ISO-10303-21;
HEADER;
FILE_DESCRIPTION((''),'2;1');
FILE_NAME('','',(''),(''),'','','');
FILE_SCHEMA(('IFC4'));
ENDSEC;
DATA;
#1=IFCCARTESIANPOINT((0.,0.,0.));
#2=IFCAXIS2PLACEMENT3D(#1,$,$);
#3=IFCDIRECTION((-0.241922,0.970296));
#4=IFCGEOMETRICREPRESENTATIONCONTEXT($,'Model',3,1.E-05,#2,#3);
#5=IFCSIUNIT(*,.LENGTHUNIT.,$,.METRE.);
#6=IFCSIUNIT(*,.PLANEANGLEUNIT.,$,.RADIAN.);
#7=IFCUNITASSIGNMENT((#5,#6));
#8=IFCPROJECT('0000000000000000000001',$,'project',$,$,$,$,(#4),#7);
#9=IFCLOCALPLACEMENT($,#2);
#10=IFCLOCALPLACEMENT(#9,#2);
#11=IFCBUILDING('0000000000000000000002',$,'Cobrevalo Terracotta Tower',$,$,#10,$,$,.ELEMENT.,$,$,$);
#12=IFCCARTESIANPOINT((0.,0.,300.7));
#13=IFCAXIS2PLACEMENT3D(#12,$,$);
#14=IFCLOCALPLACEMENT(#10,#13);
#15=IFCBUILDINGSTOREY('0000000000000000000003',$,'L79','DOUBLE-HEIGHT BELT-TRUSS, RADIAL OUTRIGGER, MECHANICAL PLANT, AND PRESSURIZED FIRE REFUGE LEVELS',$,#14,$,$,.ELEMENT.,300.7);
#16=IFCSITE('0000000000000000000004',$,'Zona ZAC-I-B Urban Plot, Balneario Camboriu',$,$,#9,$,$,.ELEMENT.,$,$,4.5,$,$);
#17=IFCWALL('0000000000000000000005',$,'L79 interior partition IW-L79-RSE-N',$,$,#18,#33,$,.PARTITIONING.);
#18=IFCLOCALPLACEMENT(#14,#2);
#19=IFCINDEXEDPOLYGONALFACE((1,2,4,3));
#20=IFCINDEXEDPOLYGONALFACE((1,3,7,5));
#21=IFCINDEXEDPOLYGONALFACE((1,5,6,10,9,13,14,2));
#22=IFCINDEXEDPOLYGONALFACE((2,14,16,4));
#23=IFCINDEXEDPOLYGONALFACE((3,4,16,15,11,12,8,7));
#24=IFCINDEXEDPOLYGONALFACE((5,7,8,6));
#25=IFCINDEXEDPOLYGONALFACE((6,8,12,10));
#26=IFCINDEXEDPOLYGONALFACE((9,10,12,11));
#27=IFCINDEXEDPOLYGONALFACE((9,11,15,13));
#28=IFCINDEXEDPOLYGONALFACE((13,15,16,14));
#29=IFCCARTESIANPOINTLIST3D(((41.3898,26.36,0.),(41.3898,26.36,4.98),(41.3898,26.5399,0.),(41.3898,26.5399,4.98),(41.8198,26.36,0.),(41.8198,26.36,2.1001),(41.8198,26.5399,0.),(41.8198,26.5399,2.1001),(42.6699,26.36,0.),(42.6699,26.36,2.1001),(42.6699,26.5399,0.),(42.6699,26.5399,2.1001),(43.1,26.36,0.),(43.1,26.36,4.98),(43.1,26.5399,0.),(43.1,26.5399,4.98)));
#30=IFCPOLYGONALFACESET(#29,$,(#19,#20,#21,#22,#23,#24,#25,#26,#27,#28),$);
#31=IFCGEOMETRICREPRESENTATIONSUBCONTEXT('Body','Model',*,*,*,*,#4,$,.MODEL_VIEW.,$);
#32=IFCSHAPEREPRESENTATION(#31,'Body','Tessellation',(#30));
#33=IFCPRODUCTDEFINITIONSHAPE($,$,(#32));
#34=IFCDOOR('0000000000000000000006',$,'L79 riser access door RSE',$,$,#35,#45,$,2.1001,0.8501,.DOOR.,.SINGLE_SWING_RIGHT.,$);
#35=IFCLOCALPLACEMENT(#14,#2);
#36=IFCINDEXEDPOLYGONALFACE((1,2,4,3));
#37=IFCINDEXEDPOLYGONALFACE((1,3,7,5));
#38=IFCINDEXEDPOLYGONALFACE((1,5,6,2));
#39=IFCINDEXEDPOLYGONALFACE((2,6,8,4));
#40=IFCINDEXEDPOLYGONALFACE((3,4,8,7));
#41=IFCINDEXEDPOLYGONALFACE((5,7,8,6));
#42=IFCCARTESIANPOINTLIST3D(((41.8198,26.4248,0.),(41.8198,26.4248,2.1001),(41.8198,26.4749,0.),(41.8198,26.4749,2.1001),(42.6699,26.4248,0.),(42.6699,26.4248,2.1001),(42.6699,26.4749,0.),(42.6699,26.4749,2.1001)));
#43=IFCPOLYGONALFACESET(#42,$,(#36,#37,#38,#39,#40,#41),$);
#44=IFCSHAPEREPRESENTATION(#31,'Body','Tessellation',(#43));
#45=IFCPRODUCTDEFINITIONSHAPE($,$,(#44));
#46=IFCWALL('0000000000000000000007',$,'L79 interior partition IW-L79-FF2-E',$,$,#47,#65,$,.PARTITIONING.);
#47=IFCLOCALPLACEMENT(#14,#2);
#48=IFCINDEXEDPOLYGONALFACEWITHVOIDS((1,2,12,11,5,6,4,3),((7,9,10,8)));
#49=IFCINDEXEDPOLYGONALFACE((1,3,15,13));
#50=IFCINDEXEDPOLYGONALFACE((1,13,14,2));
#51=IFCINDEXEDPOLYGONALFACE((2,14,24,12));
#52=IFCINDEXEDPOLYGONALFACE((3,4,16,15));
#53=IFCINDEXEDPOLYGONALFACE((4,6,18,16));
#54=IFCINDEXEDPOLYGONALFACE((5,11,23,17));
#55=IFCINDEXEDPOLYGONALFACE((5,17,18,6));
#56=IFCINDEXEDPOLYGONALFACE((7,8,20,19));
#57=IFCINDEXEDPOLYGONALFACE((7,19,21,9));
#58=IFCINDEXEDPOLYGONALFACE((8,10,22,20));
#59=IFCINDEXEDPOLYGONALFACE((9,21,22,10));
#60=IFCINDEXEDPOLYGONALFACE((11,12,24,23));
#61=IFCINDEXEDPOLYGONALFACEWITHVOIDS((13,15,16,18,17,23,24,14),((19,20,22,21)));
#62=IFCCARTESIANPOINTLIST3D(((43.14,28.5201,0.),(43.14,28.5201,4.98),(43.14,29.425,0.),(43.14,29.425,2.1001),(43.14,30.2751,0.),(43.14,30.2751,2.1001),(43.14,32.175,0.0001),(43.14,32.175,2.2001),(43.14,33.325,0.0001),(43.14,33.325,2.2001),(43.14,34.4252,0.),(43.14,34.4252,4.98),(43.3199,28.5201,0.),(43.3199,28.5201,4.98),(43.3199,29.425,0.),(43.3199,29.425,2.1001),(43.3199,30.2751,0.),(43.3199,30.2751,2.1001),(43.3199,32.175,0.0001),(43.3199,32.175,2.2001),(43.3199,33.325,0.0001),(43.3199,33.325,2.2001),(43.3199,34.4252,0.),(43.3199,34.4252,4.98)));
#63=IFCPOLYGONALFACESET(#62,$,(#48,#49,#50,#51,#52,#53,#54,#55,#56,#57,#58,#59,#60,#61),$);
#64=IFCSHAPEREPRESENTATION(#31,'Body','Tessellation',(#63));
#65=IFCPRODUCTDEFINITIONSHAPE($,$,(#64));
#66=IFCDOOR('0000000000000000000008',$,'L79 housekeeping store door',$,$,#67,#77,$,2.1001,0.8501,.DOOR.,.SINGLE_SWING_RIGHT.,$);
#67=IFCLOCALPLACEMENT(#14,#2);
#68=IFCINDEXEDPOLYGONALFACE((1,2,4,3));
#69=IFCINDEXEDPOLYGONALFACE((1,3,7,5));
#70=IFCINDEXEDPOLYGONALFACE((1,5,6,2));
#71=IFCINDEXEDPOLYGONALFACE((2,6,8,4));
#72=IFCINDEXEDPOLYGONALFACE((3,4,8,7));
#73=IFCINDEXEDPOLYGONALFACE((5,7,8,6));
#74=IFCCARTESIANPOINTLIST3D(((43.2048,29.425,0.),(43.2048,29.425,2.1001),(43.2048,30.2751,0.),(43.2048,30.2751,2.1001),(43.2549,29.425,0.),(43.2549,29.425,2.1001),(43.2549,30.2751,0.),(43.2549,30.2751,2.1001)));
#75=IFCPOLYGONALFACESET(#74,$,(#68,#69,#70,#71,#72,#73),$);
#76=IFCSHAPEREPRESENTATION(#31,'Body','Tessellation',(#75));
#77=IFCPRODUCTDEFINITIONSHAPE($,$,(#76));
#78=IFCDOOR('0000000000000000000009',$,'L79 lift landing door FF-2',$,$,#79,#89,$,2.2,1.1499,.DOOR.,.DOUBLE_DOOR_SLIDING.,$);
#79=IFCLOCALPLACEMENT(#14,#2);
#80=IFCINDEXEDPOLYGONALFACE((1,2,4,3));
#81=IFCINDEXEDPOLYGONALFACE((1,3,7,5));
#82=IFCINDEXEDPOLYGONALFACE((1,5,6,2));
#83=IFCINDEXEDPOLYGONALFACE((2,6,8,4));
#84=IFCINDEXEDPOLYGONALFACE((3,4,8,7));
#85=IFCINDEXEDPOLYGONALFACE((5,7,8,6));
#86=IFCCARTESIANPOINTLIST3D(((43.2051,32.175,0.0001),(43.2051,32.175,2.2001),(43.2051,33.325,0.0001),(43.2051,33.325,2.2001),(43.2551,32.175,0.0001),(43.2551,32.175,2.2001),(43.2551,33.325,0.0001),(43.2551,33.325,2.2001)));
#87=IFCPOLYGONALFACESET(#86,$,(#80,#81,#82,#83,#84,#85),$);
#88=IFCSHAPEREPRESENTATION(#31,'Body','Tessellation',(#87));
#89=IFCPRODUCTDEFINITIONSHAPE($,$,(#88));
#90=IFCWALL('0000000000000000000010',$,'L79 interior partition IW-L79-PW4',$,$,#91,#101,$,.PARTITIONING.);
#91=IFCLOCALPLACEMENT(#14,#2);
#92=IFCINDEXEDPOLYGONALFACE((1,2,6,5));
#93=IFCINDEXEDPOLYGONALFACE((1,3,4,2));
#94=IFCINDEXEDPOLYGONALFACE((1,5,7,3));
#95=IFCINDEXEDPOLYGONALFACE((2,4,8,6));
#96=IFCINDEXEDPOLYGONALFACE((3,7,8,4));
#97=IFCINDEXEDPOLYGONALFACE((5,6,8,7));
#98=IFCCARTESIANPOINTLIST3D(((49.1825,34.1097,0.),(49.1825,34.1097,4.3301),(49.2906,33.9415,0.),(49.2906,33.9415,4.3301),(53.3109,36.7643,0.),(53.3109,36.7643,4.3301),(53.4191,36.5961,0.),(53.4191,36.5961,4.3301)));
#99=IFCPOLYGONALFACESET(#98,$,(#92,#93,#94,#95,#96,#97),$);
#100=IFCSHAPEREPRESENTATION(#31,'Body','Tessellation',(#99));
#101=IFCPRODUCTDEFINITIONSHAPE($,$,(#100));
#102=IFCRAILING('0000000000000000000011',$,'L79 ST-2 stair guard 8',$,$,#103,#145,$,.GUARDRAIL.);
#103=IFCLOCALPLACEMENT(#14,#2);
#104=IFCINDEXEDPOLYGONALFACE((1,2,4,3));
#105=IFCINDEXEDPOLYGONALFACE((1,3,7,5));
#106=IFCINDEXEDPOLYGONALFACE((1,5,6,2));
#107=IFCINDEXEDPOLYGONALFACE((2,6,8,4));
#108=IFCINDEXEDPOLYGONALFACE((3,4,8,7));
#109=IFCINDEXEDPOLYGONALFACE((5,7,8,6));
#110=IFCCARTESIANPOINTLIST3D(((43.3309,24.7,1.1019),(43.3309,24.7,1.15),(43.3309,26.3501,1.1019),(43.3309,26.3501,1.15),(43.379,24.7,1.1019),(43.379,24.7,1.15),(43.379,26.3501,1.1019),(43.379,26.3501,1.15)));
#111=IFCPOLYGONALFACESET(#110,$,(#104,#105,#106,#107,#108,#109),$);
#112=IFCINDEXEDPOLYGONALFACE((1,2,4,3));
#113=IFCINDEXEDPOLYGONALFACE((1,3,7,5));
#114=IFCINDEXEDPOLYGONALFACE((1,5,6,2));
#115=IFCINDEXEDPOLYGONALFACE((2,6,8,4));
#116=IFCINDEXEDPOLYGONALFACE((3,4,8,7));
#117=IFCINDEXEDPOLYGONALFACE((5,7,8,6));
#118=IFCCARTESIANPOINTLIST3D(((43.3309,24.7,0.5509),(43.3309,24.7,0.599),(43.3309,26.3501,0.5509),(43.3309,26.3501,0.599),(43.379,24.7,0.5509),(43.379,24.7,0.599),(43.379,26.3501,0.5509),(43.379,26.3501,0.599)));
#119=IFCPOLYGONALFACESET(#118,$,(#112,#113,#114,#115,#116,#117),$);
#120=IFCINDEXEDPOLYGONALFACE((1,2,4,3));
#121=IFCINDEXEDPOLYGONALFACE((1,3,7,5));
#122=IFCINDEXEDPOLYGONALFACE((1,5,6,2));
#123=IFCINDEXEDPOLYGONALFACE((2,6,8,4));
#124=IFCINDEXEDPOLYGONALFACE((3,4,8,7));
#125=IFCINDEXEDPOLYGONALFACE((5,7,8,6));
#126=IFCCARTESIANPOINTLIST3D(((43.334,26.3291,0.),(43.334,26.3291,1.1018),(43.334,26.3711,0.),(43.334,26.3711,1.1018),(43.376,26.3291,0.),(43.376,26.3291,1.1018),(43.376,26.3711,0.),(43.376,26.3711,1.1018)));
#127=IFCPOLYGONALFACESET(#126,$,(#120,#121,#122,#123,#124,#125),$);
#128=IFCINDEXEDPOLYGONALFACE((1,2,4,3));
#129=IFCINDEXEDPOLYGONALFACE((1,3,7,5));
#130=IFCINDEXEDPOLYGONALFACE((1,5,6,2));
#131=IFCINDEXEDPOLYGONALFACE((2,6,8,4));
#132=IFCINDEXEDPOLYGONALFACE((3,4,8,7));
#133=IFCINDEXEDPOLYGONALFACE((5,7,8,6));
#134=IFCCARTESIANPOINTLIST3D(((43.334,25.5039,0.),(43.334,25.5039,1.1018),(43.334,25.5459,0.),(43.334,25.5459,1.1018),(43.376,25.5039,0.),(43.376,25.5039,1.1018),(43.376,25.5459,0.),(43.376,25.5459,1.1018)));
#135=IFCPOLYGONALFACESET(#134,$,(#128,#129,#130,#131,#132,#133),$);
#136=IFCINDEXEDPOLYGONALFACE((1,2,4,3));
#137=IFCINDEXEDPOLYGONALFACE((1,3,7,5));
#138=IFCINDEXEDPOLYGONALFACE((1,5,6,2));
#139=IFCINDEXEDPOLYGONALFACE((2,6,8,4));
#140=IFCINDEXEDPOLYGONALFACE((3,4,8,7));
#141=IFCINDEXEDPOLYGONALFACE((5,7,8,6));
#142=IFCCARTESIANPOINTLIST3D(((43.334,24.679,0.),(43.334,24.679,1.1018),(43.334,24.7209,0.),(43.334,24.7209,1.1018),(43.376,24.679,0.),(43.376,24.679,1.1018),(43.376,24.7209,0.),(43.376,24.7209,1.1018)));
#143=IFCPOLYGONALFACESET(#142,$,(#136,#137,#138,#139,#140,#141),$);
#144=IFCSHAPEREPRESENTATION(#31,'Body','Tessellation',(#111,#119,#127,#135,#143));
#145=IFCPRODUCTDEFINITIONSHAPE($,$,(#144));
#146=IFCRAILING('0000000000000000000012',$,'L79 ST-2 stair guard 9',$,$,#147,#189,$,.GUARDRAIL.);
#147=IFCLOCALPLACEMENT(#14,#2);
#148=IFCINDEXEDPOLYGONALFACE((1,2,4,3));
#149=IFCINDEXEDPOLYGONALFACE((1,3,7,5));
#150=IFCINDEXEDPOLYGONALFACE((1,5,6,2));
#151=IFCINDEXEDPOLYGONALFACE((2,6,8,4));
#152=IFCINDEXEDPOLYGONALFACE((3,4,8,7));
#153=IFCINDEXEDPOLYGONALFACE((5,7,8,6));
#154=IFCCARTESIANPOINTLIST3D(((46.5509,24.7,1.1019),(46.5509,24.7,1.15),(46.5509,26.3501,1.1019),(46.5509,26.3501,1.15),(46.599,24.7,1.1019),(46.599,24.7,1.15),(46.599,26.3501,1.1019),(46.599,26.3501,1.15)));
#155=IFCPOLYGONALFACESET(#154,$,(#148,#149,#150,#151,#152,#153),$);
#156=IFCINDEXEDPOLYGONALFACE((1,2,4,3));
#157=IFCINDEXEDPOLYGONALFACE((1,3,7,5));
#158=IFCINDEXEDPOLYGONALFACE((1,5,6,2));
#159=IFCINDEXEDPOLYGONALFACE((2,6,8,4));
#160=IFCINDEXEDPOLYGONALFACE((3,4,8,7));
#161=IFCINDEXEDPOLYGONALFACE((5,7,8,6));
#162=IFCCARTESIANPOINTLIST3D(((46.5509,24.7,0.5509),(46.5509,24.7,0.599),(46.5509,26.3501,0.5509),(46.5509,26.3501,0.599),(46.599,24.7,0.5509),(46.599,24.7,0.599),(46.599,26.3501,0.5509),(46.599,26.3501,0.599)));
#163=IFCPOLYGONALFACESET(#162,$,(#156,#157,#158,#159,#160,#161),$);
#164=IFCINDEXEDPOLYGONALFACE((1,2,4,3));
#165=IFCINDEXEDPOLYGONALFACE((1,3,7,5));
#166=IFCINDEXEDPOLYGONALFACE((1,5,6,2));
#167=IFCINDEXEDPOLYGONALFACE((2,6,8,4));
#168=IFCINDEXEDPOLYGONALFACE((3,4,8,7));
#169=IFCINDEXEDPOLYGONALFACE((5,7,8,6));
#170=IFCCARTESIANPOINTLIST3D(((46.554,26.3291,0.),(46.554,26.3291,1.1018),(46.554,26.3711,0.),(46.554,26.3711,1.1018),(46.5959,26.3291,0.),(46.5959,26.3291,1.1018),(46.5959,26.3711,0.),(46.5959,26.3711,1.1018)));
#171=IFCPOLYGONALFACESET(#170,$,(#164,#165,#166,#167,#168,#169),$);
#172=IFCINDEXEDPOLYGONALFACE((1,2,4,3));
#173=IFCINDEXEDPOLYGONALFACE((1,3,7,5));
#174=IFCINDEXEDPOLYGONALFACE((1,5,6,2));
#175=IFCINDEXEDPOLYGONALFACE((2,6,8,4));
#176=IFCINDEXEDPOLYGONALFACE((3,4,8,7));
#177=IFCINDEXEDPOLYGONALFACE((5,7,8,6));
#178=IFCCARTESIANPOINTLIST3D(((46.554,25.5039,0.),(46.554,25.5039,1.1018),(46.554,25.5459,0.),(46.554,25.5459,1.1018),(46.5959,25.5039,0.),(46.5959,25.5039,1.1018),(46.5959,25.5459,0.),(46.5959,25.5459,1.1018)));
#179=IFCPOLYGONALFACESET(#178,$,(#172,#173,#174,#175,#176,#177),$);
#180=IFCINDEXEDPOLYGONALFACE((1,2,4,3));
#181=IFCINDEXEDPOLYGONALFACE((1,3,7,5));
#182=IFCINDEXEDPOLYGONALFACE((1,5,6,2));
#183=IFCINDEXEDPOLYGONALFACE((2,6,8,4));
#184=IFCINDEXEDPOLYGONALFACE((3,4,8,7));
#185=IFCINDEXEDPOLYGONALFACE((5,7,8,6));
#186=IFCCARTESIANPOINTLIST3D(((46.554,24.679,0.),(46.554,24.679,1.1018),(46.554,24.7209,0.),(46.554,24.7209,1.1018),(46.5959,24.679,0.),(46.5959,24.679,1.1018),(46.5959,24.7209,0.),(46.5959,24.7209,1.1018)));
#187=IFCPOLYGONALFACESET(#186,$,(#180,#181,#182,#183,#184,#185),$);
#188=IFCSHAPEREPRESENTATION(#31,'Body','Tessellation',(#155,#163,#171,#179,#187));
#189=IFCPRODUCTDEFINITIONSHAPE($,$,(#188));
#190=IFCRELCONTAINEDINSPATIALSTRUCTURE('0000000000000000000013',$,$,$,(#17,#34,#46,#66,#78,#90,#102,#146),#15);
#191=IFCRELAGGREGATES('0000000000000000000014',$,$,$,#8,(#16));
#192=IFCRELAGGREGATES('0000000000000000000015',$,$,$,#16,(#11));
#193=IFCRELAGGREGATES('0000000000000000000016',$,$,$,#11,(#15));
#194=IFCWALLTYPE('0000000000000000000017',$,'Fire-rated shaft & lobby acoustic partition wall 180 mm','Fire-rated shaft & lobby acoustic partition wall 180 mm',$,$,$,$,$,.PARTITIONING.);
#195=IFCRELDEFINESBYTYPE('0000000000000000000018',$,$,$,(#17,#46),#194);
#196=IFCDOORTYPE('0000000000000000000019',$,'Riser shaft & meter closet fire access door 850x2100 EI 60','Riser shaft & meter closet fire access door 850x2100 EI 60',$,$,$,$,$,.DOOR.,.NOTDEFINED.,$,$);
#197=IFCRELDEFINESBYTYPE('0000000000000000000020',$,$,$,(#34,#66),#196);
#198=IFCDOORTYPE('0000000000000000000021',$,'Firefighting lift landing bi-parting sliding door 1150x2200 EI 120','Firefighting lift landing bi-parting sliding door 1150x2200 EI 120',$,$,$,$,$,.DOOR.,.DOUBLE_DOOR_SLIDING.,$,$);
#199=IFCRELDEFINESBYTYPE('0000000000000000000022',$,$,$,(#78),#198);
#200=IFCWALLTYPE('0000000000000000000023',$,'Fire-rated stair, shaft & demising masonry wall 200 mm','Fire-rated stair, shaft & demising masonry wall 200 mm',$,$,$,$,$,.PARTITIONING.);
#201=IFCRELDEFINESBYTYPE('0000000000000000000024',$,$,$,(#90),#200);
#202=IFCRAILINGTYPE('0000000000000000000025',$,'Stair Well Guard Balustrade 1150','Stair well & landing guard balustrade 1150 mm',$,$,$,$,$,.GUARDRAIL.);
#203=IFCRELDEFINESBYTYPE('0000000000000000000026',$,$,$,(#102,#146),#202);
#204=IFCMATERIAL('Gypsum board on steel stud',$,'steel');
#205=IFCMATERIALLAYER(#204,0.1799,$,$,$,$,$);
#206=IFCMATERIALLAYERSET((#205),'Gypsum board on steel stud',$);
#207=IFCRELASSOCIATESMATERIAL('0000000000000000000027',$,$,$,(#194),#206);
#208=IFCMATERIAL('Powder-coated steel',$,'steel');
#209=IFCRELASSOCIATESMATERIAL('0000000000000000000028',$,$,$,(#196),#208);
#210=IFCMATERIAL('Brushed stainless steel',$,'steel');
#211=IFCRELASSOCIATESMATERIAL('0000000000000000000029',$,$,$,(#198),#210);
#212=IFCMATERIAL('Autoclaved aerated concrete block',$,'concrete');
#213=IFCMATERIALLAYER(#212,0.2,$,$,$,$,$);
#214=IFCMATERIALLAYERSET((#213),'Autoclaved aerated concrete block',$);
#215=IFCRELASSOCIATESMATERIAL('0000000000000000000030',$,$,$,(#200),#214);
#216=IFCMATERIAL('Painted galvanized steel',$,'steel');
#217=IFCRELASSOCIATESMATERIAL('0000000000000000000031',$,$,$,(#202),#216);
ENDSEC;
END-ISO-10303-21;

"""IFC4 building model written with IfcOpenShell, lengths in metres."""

from ifc_helpers import new_model, si_unit, direction, frame, frame_2d, origin, origin_2d, place, context, subcontext, project, spatial, rectangle, extrude, source, transform, mapped, material, layer, layer_set, type_object, element, fill, save


model = new_model("IFC4")

# Units and contexts
model_context = context("Model", 3, precision=1e-05, world=origin(), true_north=direction((-0.241922, 0.970296)))
body_context = subcontext(model_context, "Body", "Model", "MODEL_VIEW")
ifc_project = project(units=[si_unit("LENGTHUNIT", "METRE"), si_unit("PLANEANGLEUNIT", "RADIAN")], contexts=[model_context])

# Site, building, storey
site_placement = place(None, origin())
site = spatial("IfcSite", under=ifc_project, at=site_placement, Name="Zona ZAC-I-B Urban Plot, Balneario Camboriu", CompositionType="ELEMENT", RefElevation=4.5)
building_placement = place(site_placement, origin())
building = spatial("IfcBuilding", under=site, at=building_placement, Name="Cobrevalo Terracotta Tower", CompositionType="ELEMENT")
storey_placement = place(building_placement, frame((0.0, 0.0, 300.7)))
storey = spatial("IfcBuildingStorey", under=building, at=storey_placement, Name="L79", Description="DOUBLE-HEIGHT BELT-TRUSS, RADIAL OUTRIGGER, MECHANICAL PLANT, AND PRESSURIZED FIRE REFUGE LEVELS", CompositionType="ELEMENT", Elevation=300.7)

# Shared definitions
ifc_material_1 = material(Name="Gypsum board on steel stud", Category="steel")

# Wall, opening, door
ifc_layer_1 = layer(ifc_material_1, 0.1799)
ifc_layer_set_1 = layer_set([ifc_layer_1], Name="Gypsum board on steel stud")
wall_type_1 = type_object("IfcWallType", Name="Fire-rated shaft & lobby acoustic partition wall 180 mm", Description="Fire-rated shaft & lobby acoustic partition wall 180 mm", PredefinedType="PARTITIONING", material=ifc_layer_set_1)
wall_1_placement = place(storey_placement, frame((41.3899, 26.45, 0.0), z_axis=(0.0, 0.0, 1.0), x_axis=(1.0, 0.0, 0.0)))
wall_1 = element("IfcWall", 1, at=wall_1_placement, inside=storey, type_object=wall_type_1, Name="L79 interior partition IW-L79-RSE-N", PredefinedType="PARTITIONING", context=body_context, shape_type="SweptSolid", body=[
    extrude(rectangle(XDim=1.7102, YDim=0.1799, at=frame_2d((0.855, 0.0))), origin(), (0.0, 0.0, 1.0), 4.98),
])
opening_1_placement = place(wall_1_placement, frame((0.4299, 0.0, 0.0)))
opening_1 = element("IfcOpeningElement", 2, at=opening_1_placement, cuts=wall_1, PredefinedType="OPENING", context=body_context, shape_type="SweptSolid", body=[
    extrude(rectangle(XDim=0.8501, YDim=2.1001, at=frame_2d((0.425, 1.05))), frame((0.0, 0.1001, 0.0), z_axis=(0.0, -1.0, 0.0), x_axis=(1.0, 0.0, 0.0)), (0.0, 0.0, 1.0), 0.2),
])
ifc_material_2 = material(Name="Powder-coated steel", Category="steel")
door_type_1 = type_object("IfcDoorType", Name="Riser shaft & meter closet fire access door 850x2100 EI 60", Description="Riser shaft & meter closet fire access door 850x2100 EI 60", OperationType="NOTDEFINED", PredefinedType="DOOR", material=ifc_material_2)
shared_shape_1 = source(origin(), body_context, "Body", "SweptSolid", [
    extrude(rectangle(XDim=0.8501, YDim=2.1001, at=frame_2d((0.425, 1.05))), frame((0.0, 0.0249, 0.0), z_axis=(0.0, -1.0, 0.0), x_axis=(1.0, 0.0, 0.0)), (0.0, 0.0, 1.0), 0.05),
])
door_1_placement = place(opening_1_placement, origin())
door_1 = element("IfcDoor", 3, at=door_1_placement, inside=storey, type_object=door_type_1, Name="L79 riser access door RSE", OperationType="SINGLE_SWING_RIGHT", OverallHeight=2.1001, OverallWidth=0.8501, PredefinedType="DOOR", context=body_context, shape_type="MappedRepresentation", body=[
    mapped(shared_shape_1, transform((0.0, 0.0, 0.0), scale=1.0)),
])
fill(opening_1, door_1)

# Wall, openings, doors
wall_2_placement = place(storey_placement, frame((43.23, 28.52, 0.0), z_axis=(0.0, 0.0, 1.0), x_axis=(0.0, 1.0, 0.0)))
wall_2 = element("IfcWall", 4, at=wall_2_placement, inside=storey, type_object=wall_type_1, Name="L79 interior partition IW-L79-FF2-E", PredefinedType="PARTITIONING", context=body_context, shape_type="SweptSolid", body=[
    extrude(rectangle(XDim=5.905, YDim=0.1799, at=frame_2d((2.9526, 0.0))), origin(), (0.0, 0.0, 1.0), 4.98),
])
opening_2_placement = place(wall_2_placement, frame((0.905, 0.0, 0.0)))
opening_2 = element("IfcOpeningElement", 5, at=opening_2_placement, cuts=wall_2, PredefinedType="OPENING", context=body_context, shape_type="SweptSolid", body=[
    extrude(rectangle(XDim=0.8501, YDim=2.1001, at=frame_2d((0.425, 1.05))), frame((0.0, 0.1001, 0.0), z_axis=(0.0, -1.0, 0.0), x_axis=(1.0, 0.0, 0.0)), (0.0, 0.0, 1.0), 0.2),
])
opening_3_placement = place(wall_2_placement, frame((3.655, 0.0, 0.0)))
opening_3 = element("IfcOpeningElement", 6, at=opening_3_placement, cuts=wall_2, PredefinedType="OPENING", context=body_context, shape_type="SweptSolid", body=[
    extrude(rectangle(XDim=1.1499, YDim=2.2, at=frame_2d((0.575, 1.1001))), frame((0.0, 0.1001, 0.0), z_axis=(0.0, -1.0, 0.0), x_axis=(1.0, 0.0, 0.0)), (0.0, 0.0, 1.0), 0.2),
])
door_2_placement = place(opening_2_placement, frame((0.8501, 0.0, 0.0), z_axis=(0.0, 0.0, 1.0), x_axis=(-1.0, 0.0, 0.0)))
door_2 = element("IfcDoor", 7, at=door_2_placement, inside=storey, type_object=door_type_1, Name="L79 housekeeping store door", OperationType="SINGLE_SWING_RIGHT", OverallHeight=2.1001, OverallWidth=0.8501, PredefinedType="DOOR", context=body_context, shape_type="MappedRepresentation", body=[
    mapped(shared_shape_1, transform((0.0, 0.0, 0.0), scale=1.0)),
])
fill(opening_2, door_2)
ifc_material_3 = material(Name="Brushed stainless steel", Category="steel")
door_type_2 = type_object("IfcDoorType", Name="Firefighting lift landing bi-parting sliding door 1150x2200 EI 120", Description="Firefighting lift landing bi-parting sliding door 1150x2200 EI 120", OperationType="DOUBLE_DOOR_SLIDING", PredefinedType="DOOR", material=ifc_material_3)
shared_shape_2 = source(origin(), body_context, "Body", "SweptSolid", [
    extrude(rectangle(XDim=1.1499, YDim=2.2, at=frame_2d((0.575, 1.1001))), frame((0.0, 0.0249, 0.0), z_axis=(0.0, -1.0, 0.0), x_axis=(1.0, 0.0, 0.0)), (0.0, 0.0, 1.0), 0.05),
])
door_3_placement = place(opening_3_placement, origin())
door_3 = element("IfcDoor", 8, at=door_3_placement, inside=storey, type_object=door_type_2, Name="L79 lift landing door FF-2", OperationType="DOUBLE_DOOR_SLIDING", OverallHeight=2.2, OverallWidth=1.1499, PredefinedType="DOOR", context=body_context, shape_type="MappedRepresentation", body=[
    mapped(shared_shape_2, transform((0.0, 0.0, 0.0), scale=1.0)),
])
fill(opening_3, door_3)

# Wall
ifc_material_4 = material(Name="Autoclaved aerated concrete block", Category="concrete")
ifc_layer_2 = layer(ifc_material_4, 0.2)
ifc_layer_set_2 = layer_set([ifc_layer_2], Name="Autoclaved aerated concrete block")
wall_type_2 = type_object("IfcWallType", Name="Fire-rated stair, shaft & demising masonry wall 200 mm", Description="Fire-rated stair, shaft & demising masonry wall 200 mm", PredefinedType="PARTITIONING", material=ifc_layer_set_2)
wall_3_placement = place(storey_placement, frame((49.2366, 34.0256, 0.0), z_axis=(0.0, 0.0, 1.0), x_axis=(0.841127, 0.540838, 0.0)))
element("IfcWall", 9, at=wall_3_placement, inside=storey, type_object=wall_type_2, Name="L79 interior partition IW-L79-PW4", PredefinedType="PARTITIONING", context=body_context, shape_type="SweptSolid", body=[
    extrude(rectangle(XDim=4.9082, YDim=0.2, at=frame_2d((2.4541, 0.0))), origin(), (0.0, 0.0, 1.0), 4.3301),
])

# Railings
ifc_material_5 = material(Name="Painted galvanized steel", Category="steel")
railing_type = type_object("IfcRailingType", Name="Stair Well Guard Balustrade 1150", Description="Stair well & landing guard balustrade 1150 mm", PredefinedType="GUARDRAIL", material=ifc_material_5)
for number, where, name in (
    (10, (43.355, 26.3501, 0.0), "L79 ST-2 stair guard 8"),
    (11, (46.575, 26.3501, 0.0), "L79 ST-2 stair guard 9"),
):
    element("IfcRailing", number, at=place(storey_placement, frame(where)), inside=storey, type_object=railing_type, Name=name, PredefinedType="GUARDRAIL", context=body_context, shape_type="SweptSolid", body=[
        extrude(rectangle(XDim=0.0481, YDim=0.0481, at=origin_2d()), frame((0.0, 0.0, 1.126), z_axis=(0.0, -1.0, 0.0), x_axis=(1.0, 0.0, 0.0)), (0.0, 0.0, 1.0), 1.6501),
        extrude(rectangle(XDim=0.0481, YDim=0.0481, at=origin_2d()), frame((0.0, 0.0, 0.575), z_axis=(0.0, -1.0, 0.0), x_axis=(1.0, 0.0, 0.0)), (0.0, 0.0, 1.0), 1.6501),
        extrude(rectangle(XDim=0.042, YDim=0.042, at=origin_2d()), origin(), (0.0, 0.0, 1.0), 1.1018),
        extrude(rectangle(XDim=0.042, YDim=0.042, at=origin_2d()), frame((0.0, -0.8252, 0.0)), (0.0, 0.0, 1.0), 1.1018),
        extrude(rectangle(XDim=0.042, YDim=0.042, at=origin_2d()), frame((0.0, -1.6501, 0.0)), (0.0, 0.0, 1.0), 1.1018),
    ])

save(model, "model.ifc")
